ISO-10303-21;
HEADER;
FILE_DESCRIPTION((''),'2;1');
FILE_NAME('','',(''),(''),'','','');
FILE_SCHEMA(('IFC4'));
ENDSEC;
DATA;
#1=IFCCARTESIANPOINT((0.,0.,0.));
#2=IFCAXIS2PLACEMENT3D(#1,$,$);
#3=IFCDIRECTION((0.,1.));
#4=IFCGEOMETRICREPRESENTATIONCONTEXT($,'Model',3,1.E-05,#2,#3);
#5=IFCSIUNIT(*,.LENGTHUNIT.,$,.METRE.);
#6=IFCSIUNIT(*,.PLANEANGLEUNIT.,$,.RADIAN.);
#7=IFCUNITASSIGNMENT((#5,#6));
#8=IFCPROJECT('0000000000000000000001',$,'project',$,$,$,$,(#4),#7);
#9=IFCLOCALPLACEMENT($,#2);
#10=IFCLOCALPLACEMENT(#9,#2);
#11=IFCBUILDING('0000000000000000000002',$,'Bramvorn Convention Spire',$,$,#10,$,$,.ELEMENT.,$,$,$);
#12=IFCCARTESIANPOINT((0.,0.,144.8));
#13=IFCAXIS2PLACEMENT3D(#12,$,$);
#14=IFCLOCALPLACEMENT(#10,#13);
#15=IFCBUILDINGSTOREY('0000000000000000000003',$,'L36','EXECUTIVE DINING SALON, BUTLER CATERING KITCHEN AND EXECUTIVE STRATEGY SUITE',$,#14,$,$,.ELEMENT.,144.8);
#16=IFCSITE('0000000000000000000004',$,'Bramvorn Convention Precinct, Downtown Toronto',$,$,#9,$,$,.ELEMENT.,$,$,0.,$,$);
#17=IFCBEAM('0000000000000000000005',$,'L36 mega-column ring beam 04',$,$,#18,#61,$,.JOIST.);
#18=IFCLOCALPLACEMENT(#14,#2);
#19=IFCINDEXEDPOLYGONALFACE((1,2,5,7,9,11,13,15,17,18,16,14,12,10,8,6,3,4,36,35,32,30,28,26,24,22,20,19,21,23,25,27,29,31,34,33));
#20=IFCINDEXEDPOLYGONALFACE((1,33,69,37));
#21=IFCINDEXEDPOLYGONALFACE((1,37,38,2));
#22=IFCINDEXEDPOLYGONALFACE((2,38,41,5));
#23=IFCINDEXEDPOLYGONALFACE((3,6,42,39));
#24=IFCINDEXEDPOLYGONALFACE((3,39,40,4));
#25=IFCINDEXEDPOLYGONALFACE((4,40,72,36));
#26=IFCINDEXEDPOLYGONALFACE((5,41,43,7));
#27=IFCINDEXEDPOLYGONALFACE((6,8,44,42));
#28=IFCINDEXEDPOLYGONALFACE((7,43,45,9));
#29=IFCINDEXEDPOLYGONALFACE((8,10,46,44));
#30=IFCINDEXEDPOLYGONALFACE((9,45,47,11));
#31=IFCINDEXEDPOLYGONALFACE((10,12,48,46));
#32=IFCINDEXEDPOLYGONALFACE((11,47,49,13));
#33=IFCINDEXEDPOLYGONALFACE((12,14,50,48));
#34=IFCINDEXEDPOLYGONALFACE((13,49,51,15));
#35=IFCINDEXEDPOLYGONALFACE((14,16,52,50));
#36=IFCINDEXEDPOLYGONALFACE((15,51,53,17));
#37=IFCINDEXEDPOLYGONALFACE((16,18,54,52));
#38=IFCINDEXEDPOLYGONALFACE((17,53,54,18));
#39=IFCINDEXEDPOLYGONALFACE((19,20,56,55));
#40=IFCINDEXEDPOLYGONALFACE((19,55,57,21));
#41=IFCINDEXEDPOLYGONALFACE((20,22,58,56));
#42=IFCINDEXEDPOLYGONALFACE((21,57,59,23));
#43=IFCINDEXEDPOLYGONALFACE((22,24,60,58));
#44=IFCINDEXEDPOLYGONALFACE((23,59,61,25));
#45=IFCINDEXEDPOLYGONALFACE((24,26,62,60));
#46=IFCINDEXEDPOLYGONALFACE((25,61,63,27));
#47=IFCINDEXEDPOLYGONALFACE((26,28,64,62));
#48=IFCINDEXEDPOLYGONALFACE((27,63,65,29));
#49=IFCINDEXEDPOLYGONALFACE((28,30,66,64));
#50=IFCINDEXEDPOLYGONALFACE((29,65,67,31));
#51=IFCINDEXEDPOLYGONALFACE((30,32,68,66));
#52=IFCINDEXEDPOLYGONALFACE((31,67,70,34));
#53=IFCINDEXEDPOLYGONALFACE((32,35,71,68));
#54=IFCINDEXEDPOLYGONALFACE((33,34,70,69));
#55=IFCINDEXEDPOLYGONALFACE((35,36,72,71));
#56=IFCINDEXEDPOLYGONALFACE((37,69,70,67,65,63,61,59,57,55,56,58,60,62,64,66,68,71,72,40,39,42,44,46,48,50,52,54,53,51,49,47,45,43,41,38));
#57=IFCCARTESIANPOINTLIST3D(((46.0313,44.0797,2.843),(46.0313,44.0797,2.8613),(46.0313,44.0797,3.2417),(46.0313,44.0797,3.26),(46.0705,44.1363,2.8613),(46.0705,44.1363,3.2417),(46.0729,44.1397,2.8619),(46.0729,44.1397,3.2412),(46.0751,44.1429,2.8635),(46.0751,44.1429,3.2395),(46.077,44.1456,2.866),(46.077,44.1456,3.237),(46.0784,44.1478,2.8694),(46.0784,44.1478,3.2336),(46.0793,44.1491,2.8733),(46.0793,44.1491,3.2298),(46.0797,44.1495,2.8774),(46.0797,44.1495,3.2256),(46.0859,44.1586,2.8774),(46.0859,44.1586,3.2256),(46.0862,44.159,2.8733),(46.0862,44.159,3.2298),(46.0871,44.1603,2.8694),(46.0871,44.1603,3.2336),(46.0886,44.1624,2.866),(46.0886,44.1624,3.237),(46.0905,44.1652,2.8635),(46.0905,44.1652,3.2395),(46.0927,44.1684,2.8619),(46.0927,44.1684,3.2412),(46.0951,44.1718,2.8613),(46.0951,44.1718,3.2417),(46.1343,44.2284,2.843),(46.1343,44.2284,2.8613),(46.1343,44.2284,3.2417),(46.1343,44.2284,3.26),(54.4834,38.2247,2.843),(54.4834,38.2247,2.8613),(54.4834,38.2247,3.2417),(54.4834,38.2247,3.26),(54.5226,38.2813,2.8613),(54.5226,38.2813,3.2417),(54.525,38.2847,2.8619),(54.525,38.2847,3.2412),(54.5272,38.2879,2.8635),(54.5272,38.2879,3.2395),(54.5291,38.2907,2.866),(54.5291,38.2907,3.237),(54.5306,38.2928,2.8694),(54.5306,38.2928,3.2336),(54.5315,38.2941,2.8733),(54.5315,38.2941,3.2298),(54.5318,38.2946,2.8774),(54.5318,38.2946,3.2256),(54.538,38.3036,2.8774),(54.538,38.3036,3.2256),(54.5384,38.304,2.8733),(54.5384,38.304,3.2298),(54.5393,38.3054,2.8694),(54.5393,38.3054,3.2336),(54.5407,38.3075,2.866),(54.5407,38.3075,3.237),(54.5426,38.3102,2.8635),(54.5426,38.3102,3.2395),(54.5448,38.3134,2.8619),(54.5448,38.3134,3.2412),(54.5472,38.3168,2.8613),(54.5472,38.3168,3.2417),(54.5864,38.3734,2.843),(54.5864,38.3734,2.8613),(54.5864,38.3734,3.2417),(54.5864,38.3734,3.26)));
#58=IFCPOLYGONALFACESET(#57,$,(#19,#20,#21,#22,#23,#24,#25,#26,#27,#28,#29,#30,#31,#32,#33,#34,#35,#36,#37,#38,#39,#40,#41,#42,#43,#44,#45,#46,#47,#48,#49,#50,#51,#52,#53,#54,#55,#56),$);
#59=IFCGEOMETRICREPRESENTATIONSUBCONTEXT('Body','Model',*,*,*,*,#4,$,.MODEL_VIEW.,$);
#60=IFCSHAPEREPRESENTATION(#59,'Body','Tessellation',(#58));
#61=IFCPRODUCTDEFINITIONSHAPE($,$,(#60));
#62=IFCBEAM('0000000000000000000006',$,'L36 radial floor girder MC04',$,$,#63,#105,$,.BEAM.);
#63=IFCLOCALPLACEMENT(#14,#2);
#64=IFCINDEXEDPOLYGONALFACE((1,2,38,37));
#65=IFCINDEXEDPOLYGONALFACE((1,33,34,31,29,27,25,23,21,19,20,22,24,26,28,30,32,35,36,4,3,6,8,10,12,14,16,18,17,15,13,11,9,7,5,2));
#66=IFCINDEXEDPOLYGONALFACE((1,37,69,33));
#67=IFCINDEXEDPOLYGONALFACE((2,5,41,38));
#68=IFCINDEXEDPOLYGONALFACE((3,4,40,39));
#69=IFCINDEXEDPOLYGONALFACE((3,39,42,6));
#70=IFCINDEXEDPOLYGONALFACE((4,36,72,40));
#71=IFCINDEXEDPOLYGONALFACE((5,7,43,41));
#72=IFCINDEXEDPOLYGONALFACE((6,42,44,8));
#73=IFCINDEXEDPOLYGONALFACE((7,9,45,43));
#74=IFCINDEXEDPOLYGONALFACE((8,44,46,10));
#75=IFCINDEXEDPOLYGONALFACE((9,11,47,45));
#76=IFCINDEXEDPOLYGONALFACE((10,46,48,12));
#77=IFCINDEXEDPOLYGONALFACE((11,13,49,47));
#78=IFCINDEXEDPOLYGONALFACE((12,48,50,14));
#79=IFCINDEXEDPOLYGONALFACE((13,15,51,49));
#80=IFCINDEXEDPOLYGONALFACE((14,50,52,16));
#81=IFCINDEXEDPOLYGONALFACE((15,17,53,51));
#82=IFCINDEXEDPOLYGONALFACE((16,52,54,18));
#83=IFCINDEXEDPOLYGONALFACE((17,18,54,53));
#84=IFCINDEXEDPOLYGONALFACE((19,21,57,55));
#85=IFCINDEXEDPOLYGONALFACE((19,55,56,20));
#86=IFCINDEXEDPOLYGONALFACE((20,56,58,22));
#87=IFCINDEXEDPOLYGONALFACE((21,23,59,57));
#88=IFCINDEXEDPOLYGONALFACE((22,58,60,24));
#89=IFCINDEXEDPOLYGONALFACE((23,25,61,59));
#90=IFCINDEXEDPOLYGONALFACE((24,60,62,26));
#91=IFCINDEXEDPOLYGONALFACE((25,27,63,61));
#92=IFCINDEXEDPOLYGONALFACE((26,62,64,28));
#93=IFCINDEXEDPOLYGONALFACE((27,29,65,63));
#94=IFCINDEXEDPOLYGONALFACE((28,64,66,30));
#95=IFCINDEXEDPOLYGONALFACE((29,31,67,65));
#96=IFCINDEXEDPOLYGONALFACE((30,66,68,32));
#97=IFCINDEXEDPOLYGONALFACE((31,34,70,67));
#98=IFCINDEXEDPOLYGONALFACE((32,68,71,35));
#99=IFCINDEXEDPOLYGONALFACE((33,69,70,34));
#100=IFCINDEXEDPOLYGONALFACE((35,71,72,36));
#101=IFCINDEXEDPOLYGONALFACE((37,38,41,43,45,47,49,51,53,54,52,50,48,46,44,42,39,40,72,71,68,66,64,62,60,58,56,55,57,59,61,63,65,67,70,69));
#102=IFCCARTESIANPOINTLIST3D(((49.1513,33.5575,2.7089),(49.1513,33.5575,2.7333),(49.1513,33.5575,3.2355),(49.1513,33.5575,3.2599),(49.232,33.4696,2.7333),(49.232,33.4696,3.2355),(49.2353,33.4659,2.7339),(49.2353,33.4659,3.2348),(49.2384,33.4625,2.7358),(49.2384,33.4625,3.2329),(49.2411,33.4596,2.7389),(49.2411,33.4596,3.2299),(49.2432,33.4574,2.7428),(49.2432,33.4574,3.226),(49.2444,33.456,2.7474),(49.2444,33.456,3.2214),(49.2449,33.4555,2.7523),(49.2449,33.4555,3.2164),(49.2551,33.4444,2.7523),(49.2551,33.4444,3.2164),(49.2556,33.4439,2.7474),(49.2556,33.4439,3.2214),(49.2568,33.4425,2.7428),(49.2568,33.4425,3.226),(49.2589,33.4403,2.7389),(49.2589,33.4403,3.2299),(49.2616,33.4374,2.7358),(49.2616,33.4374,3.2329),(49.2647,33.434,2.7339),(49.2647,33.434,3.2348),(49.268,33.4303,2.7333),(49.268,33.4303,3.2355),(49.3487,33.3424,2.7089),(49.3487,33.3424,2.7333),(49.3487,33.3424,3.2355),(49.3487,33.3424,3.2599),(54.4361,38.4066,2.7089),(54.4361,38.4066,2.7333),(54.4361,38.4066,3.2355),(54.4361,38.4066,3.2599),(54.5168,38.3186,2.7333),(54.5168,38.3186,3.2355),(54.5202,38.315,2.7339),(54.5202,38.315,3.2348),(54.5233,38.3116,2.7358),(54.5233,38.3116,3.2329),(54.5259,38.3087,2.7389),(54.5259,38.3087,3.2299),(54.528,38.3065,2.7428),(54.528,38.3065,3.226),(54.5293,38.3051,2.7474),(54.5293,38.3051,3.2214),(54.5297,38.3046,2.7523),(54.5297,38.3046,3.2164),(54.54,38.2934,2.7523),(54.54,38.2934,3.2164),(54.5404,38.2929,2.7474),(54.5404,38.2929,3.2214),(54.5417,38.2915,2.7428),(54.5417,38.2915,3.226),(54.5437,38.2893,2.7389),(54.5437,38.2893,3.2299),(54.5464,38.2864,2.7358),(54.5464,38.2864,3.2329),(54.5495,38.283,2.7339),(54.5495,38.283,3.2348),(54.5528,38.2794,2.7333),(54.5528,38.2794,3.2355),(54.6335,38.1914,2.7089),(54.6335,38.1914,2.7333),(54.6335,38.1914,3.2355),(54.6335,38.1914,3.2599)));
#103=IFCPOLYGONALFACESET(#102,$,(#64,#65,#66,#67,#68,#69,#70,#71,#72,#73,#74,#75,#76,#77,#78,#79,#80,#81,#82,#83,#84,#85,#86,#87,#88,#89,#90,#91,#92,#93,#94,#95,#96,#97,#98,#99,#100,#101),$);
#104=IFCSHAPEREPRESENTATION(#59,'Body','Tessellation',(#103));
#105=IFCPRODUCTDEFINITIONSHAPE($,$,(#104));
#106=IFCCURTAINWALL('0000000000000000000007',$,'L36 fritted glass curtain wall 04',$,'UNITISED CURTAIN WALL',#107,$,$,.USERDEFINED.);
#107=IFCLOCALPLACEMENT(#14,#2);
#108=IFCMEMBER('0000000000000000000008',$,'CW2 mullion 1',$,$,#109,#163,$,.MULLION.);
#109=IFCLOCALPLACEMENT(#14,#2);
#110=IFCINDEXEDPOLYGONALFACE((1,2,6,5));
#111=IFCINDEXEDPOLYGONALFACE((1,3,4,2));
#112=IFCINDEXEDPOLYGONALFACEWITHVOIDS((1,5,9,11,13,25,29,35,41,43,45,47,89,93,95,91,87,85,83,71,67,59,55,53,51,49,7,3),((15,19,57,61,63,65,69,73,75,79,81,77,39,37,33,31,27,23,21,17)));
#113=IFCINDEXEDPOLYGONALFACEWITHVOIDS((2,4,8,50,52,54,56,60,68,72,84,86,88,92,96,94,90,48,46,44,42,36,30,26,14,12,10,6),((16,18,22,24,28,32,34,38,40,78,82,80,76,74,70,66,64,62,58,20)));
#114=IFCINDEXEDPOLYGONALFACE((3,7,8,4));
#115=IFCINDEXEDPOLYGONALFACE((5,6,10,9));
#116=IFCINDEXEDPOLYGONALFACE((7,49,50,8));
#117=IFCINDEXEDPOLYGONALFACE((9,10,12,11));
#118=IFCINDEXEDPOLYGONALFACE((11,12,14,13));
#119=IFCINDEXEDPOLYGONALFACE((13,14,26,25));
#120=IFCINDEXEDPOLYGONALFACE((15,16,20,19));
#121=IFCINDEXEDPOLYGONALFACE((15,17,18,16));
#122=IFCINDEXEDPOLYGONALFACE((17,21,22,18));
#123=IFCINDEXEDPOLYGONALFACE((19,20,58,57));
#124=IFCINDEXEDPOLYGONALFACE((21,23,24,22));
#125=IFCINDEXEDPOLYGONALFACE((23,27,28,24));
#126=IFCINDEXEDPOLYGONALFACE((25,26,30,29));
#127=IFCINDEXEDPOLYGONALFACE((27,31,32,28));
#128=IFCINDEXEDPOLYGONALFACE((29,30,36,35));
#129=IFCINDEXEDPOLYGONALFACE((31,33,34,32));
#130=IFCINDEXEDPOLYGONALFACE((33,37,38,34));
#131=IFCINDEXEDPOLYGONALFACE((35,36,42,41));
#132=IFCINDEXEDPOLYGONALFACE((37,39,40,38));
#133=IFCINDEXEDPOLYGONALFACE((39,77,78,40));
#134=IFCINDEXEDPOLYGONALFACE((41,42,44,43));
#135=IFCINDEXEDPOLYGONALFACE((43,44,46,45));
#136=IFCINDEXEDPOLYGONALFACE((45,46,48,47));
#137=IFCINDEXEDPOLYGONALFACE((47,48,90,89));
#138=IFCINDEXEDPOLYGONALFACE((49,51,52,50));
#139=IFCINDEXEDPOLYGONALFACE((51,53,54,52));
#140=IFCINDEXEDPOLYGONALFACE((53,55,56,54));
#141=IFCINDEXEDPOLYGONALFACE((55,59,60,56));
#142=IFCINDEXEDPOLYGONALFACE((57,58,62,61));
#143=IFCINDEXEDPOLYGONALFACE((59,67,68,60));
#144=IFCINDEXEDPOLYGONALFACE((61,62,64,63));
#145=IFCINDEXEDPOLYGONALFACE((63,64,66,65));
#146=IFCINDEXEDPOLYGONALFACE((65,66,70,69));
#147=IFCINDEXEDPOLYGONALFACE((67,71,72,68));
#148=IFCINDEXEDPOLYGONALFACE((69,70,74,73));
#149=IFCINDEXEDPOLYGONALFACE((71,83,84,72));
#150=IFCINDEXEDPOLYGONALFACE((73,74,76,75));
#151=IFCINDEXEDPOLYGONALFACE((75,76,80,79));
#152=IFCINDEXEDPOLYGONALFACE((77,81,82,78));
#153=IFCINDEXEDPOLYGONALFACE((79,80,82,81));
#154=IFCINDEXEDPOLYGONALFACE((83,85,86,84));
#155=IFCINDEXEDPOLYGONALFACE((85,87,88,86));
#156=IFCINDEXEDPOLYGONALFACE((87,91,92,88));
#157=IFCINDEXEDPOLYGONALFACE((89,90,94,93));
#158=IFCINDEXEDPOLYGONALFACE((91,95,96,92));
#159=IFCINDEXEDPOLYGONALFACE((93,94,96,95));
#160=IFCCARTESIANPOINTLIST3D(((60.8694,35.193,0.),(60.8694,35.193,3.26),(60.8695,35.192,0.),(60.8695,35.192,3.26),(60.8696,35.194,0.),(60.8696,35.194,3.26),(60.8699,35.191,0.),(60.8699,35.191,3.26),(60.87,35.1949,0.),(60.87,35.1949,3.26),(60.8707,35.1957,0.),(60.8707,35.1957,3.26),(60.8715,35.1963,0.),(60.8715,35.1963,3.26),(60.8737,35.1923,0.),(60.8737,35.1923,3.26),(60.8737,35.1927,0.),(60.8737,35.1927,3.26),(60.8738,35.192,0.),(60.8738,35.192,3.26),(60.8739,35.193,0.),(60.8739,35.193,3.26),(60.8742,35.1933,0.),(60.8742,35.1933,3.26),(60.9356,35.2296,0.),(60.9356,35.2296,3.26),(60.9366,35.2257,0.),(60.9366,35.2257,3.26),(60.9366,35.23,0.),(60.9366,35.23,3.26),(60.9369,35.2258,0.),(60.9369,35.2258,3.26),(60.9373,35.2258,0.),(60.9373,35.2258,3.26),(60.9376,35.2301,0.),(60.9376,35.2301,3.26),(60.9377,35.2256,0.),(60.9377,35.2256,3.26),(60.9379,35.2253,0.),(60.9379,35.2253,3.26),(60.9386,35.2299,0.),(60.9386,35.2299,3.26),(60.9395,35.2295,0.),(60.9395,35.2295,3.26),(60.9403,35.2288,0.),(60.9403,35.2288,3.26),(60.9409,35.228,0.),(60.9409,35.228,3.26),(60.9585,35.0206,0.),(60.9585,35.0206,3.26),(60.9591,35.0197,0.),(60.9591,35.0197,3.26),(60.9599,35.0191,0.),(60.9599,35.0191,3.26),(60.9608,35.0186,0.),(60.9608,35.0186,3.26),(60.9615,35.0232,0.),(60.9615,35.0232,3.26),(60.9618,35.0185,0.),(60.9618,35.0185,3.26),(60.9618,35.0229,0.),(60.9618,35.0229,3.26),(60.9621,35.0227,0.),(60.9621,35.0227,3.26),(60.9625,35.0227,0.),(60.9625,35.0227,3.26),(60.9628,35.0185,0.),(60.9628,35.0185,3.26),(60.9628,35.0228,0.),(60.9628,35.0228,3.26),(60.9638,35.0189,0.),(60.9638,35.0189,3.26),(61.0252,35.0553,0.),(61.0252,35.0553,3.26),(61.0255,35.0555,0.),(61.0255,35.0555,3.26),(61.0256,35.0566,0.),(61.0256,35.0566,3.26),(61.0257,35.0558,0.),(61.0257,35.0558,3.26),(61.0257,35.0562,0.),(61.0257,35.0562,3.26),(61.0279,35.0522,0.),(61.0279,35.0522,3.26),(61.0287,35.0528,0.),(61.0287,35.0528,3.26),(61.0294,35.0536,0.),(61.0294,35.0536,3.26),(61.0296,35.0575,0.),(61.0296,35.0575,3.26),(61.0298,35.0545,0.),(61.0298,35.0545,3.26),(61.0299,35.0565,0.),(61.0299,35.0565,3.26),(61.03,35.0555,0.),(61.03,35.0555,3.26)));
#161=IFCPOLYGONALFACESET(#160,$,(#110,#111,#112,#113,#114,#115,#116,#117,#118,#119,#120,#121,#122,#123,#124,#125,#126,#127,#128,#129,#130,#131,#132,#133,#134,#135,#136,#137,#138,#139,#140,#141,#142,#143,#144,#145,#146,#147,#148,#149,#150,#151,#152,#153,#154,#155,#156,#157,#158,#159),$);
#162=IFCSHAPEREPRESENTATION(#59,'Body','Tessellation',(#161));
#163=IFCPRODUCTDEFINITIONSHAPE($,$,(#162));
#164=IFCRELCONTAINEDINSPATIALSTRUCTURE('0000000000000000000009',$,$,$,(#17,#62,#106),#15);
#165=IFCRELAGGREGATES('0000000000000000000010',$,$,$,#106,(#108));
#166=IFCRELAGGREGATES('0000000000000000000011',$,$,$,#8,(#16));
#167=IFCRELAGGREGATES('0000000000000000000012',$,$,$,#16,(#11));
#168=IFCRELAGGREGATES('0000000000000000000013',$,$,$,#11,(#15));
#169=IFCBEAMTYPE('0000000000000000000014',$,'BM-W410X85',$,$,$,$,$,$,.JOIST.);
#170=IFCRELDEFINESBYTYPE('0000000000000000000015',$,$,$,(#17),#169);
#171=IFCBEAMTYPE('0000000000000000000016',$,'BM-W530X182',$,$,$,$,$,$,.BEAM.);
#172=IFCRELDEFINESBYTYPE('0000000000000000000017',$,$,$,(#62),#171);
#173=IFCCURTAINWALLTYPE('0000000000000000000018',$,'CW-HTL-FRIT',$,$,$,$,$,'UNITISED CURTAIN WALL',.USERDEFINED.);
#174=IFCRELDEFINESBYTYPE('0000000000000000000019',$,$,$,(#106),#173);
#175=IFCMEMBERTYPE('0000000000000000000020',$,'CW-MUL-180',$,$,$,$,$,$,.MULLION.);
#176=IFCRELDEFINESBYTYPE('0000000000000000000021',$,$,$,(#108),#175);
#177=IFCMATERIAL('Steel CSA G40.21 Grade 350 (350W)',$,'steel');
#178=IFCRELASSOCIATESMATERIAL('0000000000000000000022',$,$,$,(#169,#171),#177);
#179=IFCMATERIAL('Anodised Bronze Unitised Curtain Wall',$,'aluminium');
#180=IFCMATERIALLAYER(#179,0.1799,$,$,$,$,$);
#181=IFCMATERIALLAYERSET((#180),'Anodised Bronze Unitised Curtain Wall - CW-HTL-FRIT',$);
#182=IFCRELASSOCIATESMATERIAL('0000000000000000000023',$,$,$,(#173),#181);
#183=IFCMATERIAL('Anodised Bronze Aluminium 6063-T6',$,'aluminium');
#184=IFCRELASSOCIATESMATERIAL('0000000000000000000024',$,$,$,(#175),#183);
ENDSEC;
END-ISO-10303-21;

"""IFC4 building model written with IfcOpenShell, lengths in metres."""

from ifc_helpers import new_model, si_unit, direction, frame, origin, origin_2d, place, context, subcontext, project, spatial, hollow_rectangle, i_section, extrude, material, layer, layer_set, material_profile, profile_set, type_object, element, aggregate, save


model = new_model("IFC4")

# Units and contexts
model_context = context("Model", 3, precision=1e-05, world=origin(), true_north=direction((0.0, 1.0)))
body_context = subcontext(model_context, "Body", "Model", "MODEL_VIEW")
ifc_project = project(units=[si_unit("LENGTHUNIT", "METRE"), si_unit("PLANEANGLEUNIT", "RADIAN")], contexts=[model_context])

# Site, building, storey
site_placement = place(None, origin())
site = spatial("IfcSite", under=ifc_project, at=site_placement, Name="Bramvorn Convention Precinct, Downtown Toronto", CompositionType="ELEMENT", RefElevation=0.0)
building_placement = place(site_placement, origin())
building = spatial("IfcBuilding", under=site, at=building_placement, Name="Bramvorn Convention Spire", CompositionType="ELEMENT")
storey_placement = place(building_placement, frame((0.0, 0.0, 144.8)))
storey = spatial("IfcBuildingStorey", under=building, at=storey_placement, Name="L36", Description="EXECUTIVE DINING SALON, BUTLER CATERING KITCHEN AND EXECUTIVE STRATEGY SUITE", CompositionType="ELEMENT", Elevation=144.8)

# Shared definitions
ifc_material_1 = material(Name="Steel CSA G40.21 Grade 350 (350W)", Category="steel")

# Beams
ifc_material_profile_1 = material_profile(ifc_material_1, i_section(OverallWidth=0.1809, OverallDepth=0.417, WebThickness=0.011, FlangeThickness=0.0183, FilletRadius=0.0161, at=origin_2d()))
ifc_profile_set_1 = profile_set([ifc_material_profile_1], Name="Steel CSA G40.21 Grade 350 (350W) - W410X85")
beam_type_1 = type_object("IfcBeamType", Name="BM-W410X85", PredefinedType="JOIST", material=ifc_profile_set_1)
beam_1_placement = place(storey_placement, frame((54.5349, 38.2991, 3.0515), z_axis=(-0.822033, 0.56944, 0.0), x_axis=(-0.56944, -0.822033, 0.0)))
element("IfcBeam", 1, at=beam_1_placement, inside=storey, type_object=beam_type_1, Name="L36 mega-column ring beam 04", PredefinedType="JOIST", context=body_context, shape_type="SweptSolid", body=[
    extrude(i_section(OverallWidth=0.1809, OverallDepth=0.417, WebThickness=0.011, FlangeThickness=0.0183, FilletRadius=0.0161, at=origin_2d()), origin(), (0.0, 0.0, 1.0), 10.282),
])
ifc_material_profile_2 = material_profile(ifc_material_1, i_section(OverallWidth=0.292, OverallDepth=0.551, WebThickness=0.0151, FlangeThickness=0.0244, FilletRadius=0.019, at=origin_2d()))
ifc_profile_set_2 = profile_set([ifc_material_profile_2], Name="Steel CSA G40.21 Grade 350 (350W) - W530X182")
beam_type_2 = type_object("IfcBeamType", Name="BM-W530X182", PredefinedType="BEAM", material=ifc_profile_set_2)
beam_2_placement = place(storey_placement, frame((49.25, 33.45, 2.9844), z_axis=(0.736833, 0.676074, 0.0), x_axis=(-0.676074, 0.736833, 0.0)))
element("IfcBeam", 2, at=beam_2_placement, inside=storey, type_object=beam_type_2, Name="L36 radial floor girder MC04", PredefinedType="BEAM", context=body_context, shape_type="SweptSolid", body=[
    extrude(i_section(OverallWidth=0.292, OverallDepth=0.551, WebThickness=0.0151, FlangeThickness=0.0244, FilletRadius=0.019, at=origin_2d()), origin(), (0.0, 0.0, 1.0), 7.1724),
])

# Curtain wall, member
ifc_material_2 = material(Name="Anodised Bronze Unitised Curtain Wall", Category="aluminium")
ifc_layer_1 = layer(ifc_material_2, 0.1799)
ifc_layer_set_1 = layer_set([ifc_layer_1], Name="Anodised Bronze Unitised Curtain Wall - CW-HTL-FRIT")
curtain_wall_type = type_object("IfcCurtainWallType", Name="CW-HTL-FRIT", ElementType="UNITISED CURTAIN WALL", PredefinedType="USERDEFINED", material=ifc_layer_set_1)
curtain_wall_1_placement = place(storey_placement, origin())
curtain_wall_1 = element("IfcCurtainWall", 3, at=curtain_wall_1_placement, inside=storey, type_object=curtain_wall_type, Name="L36 fritted glass curtain wall 04", ObjectType="UNITISED CURTAIN WALL", PredefinedType="USERDEFINED")
ifc_material_3 = material(Name="Anodised Bronze Aluminium 6063-T6", Category="aluminium")
ifc_material_profile_3 = material_profile(ifc_material_3, hollow_rectangle(XDim=0.0801, YDim=0.2, WallThickness=0.0039, InnerFilletRadius=0.001, OuterFilletRadius=0.0039, at=origin_2d()))
ifc_profile_set_3 = profile_set([ifc_material_profile_3], Name="Anodised Bronze Aluminium 6063-T6 - CWM80X200")
member_type_1 = type_object("IfcMemberType", Name="CW-MUL-180", PredefinedType="MULLION", material=ifc_profile_set_3)
member_1_placement = place(storey_placement, frame((60.9497, 35.1243, 0.0), z_axis=(0.0, 0.0, 1.0), x_axis=(0.887216, 0.461354, 0.0)))
member_1 = element("IfcMember", 4, at=member_1_placement, type_object=member_type_1, Name="CW2 mullion 1", PredefinedType="MULLION", context=body_context, shape_type="SweptSolid", body=[
    extrude(hollow_rectangle(XDim=0.0801, YDim=0.2, WallThickness=0.0039, InnerFilletRadius=0.001, OuterFilletRadius=0.0039, at=origin_2d()), origin(), (0.0, 0.0, 1.0), 3.26),
])

aggregate(curtain_wall_1, [member_1])

save(model, "model.ifc")
